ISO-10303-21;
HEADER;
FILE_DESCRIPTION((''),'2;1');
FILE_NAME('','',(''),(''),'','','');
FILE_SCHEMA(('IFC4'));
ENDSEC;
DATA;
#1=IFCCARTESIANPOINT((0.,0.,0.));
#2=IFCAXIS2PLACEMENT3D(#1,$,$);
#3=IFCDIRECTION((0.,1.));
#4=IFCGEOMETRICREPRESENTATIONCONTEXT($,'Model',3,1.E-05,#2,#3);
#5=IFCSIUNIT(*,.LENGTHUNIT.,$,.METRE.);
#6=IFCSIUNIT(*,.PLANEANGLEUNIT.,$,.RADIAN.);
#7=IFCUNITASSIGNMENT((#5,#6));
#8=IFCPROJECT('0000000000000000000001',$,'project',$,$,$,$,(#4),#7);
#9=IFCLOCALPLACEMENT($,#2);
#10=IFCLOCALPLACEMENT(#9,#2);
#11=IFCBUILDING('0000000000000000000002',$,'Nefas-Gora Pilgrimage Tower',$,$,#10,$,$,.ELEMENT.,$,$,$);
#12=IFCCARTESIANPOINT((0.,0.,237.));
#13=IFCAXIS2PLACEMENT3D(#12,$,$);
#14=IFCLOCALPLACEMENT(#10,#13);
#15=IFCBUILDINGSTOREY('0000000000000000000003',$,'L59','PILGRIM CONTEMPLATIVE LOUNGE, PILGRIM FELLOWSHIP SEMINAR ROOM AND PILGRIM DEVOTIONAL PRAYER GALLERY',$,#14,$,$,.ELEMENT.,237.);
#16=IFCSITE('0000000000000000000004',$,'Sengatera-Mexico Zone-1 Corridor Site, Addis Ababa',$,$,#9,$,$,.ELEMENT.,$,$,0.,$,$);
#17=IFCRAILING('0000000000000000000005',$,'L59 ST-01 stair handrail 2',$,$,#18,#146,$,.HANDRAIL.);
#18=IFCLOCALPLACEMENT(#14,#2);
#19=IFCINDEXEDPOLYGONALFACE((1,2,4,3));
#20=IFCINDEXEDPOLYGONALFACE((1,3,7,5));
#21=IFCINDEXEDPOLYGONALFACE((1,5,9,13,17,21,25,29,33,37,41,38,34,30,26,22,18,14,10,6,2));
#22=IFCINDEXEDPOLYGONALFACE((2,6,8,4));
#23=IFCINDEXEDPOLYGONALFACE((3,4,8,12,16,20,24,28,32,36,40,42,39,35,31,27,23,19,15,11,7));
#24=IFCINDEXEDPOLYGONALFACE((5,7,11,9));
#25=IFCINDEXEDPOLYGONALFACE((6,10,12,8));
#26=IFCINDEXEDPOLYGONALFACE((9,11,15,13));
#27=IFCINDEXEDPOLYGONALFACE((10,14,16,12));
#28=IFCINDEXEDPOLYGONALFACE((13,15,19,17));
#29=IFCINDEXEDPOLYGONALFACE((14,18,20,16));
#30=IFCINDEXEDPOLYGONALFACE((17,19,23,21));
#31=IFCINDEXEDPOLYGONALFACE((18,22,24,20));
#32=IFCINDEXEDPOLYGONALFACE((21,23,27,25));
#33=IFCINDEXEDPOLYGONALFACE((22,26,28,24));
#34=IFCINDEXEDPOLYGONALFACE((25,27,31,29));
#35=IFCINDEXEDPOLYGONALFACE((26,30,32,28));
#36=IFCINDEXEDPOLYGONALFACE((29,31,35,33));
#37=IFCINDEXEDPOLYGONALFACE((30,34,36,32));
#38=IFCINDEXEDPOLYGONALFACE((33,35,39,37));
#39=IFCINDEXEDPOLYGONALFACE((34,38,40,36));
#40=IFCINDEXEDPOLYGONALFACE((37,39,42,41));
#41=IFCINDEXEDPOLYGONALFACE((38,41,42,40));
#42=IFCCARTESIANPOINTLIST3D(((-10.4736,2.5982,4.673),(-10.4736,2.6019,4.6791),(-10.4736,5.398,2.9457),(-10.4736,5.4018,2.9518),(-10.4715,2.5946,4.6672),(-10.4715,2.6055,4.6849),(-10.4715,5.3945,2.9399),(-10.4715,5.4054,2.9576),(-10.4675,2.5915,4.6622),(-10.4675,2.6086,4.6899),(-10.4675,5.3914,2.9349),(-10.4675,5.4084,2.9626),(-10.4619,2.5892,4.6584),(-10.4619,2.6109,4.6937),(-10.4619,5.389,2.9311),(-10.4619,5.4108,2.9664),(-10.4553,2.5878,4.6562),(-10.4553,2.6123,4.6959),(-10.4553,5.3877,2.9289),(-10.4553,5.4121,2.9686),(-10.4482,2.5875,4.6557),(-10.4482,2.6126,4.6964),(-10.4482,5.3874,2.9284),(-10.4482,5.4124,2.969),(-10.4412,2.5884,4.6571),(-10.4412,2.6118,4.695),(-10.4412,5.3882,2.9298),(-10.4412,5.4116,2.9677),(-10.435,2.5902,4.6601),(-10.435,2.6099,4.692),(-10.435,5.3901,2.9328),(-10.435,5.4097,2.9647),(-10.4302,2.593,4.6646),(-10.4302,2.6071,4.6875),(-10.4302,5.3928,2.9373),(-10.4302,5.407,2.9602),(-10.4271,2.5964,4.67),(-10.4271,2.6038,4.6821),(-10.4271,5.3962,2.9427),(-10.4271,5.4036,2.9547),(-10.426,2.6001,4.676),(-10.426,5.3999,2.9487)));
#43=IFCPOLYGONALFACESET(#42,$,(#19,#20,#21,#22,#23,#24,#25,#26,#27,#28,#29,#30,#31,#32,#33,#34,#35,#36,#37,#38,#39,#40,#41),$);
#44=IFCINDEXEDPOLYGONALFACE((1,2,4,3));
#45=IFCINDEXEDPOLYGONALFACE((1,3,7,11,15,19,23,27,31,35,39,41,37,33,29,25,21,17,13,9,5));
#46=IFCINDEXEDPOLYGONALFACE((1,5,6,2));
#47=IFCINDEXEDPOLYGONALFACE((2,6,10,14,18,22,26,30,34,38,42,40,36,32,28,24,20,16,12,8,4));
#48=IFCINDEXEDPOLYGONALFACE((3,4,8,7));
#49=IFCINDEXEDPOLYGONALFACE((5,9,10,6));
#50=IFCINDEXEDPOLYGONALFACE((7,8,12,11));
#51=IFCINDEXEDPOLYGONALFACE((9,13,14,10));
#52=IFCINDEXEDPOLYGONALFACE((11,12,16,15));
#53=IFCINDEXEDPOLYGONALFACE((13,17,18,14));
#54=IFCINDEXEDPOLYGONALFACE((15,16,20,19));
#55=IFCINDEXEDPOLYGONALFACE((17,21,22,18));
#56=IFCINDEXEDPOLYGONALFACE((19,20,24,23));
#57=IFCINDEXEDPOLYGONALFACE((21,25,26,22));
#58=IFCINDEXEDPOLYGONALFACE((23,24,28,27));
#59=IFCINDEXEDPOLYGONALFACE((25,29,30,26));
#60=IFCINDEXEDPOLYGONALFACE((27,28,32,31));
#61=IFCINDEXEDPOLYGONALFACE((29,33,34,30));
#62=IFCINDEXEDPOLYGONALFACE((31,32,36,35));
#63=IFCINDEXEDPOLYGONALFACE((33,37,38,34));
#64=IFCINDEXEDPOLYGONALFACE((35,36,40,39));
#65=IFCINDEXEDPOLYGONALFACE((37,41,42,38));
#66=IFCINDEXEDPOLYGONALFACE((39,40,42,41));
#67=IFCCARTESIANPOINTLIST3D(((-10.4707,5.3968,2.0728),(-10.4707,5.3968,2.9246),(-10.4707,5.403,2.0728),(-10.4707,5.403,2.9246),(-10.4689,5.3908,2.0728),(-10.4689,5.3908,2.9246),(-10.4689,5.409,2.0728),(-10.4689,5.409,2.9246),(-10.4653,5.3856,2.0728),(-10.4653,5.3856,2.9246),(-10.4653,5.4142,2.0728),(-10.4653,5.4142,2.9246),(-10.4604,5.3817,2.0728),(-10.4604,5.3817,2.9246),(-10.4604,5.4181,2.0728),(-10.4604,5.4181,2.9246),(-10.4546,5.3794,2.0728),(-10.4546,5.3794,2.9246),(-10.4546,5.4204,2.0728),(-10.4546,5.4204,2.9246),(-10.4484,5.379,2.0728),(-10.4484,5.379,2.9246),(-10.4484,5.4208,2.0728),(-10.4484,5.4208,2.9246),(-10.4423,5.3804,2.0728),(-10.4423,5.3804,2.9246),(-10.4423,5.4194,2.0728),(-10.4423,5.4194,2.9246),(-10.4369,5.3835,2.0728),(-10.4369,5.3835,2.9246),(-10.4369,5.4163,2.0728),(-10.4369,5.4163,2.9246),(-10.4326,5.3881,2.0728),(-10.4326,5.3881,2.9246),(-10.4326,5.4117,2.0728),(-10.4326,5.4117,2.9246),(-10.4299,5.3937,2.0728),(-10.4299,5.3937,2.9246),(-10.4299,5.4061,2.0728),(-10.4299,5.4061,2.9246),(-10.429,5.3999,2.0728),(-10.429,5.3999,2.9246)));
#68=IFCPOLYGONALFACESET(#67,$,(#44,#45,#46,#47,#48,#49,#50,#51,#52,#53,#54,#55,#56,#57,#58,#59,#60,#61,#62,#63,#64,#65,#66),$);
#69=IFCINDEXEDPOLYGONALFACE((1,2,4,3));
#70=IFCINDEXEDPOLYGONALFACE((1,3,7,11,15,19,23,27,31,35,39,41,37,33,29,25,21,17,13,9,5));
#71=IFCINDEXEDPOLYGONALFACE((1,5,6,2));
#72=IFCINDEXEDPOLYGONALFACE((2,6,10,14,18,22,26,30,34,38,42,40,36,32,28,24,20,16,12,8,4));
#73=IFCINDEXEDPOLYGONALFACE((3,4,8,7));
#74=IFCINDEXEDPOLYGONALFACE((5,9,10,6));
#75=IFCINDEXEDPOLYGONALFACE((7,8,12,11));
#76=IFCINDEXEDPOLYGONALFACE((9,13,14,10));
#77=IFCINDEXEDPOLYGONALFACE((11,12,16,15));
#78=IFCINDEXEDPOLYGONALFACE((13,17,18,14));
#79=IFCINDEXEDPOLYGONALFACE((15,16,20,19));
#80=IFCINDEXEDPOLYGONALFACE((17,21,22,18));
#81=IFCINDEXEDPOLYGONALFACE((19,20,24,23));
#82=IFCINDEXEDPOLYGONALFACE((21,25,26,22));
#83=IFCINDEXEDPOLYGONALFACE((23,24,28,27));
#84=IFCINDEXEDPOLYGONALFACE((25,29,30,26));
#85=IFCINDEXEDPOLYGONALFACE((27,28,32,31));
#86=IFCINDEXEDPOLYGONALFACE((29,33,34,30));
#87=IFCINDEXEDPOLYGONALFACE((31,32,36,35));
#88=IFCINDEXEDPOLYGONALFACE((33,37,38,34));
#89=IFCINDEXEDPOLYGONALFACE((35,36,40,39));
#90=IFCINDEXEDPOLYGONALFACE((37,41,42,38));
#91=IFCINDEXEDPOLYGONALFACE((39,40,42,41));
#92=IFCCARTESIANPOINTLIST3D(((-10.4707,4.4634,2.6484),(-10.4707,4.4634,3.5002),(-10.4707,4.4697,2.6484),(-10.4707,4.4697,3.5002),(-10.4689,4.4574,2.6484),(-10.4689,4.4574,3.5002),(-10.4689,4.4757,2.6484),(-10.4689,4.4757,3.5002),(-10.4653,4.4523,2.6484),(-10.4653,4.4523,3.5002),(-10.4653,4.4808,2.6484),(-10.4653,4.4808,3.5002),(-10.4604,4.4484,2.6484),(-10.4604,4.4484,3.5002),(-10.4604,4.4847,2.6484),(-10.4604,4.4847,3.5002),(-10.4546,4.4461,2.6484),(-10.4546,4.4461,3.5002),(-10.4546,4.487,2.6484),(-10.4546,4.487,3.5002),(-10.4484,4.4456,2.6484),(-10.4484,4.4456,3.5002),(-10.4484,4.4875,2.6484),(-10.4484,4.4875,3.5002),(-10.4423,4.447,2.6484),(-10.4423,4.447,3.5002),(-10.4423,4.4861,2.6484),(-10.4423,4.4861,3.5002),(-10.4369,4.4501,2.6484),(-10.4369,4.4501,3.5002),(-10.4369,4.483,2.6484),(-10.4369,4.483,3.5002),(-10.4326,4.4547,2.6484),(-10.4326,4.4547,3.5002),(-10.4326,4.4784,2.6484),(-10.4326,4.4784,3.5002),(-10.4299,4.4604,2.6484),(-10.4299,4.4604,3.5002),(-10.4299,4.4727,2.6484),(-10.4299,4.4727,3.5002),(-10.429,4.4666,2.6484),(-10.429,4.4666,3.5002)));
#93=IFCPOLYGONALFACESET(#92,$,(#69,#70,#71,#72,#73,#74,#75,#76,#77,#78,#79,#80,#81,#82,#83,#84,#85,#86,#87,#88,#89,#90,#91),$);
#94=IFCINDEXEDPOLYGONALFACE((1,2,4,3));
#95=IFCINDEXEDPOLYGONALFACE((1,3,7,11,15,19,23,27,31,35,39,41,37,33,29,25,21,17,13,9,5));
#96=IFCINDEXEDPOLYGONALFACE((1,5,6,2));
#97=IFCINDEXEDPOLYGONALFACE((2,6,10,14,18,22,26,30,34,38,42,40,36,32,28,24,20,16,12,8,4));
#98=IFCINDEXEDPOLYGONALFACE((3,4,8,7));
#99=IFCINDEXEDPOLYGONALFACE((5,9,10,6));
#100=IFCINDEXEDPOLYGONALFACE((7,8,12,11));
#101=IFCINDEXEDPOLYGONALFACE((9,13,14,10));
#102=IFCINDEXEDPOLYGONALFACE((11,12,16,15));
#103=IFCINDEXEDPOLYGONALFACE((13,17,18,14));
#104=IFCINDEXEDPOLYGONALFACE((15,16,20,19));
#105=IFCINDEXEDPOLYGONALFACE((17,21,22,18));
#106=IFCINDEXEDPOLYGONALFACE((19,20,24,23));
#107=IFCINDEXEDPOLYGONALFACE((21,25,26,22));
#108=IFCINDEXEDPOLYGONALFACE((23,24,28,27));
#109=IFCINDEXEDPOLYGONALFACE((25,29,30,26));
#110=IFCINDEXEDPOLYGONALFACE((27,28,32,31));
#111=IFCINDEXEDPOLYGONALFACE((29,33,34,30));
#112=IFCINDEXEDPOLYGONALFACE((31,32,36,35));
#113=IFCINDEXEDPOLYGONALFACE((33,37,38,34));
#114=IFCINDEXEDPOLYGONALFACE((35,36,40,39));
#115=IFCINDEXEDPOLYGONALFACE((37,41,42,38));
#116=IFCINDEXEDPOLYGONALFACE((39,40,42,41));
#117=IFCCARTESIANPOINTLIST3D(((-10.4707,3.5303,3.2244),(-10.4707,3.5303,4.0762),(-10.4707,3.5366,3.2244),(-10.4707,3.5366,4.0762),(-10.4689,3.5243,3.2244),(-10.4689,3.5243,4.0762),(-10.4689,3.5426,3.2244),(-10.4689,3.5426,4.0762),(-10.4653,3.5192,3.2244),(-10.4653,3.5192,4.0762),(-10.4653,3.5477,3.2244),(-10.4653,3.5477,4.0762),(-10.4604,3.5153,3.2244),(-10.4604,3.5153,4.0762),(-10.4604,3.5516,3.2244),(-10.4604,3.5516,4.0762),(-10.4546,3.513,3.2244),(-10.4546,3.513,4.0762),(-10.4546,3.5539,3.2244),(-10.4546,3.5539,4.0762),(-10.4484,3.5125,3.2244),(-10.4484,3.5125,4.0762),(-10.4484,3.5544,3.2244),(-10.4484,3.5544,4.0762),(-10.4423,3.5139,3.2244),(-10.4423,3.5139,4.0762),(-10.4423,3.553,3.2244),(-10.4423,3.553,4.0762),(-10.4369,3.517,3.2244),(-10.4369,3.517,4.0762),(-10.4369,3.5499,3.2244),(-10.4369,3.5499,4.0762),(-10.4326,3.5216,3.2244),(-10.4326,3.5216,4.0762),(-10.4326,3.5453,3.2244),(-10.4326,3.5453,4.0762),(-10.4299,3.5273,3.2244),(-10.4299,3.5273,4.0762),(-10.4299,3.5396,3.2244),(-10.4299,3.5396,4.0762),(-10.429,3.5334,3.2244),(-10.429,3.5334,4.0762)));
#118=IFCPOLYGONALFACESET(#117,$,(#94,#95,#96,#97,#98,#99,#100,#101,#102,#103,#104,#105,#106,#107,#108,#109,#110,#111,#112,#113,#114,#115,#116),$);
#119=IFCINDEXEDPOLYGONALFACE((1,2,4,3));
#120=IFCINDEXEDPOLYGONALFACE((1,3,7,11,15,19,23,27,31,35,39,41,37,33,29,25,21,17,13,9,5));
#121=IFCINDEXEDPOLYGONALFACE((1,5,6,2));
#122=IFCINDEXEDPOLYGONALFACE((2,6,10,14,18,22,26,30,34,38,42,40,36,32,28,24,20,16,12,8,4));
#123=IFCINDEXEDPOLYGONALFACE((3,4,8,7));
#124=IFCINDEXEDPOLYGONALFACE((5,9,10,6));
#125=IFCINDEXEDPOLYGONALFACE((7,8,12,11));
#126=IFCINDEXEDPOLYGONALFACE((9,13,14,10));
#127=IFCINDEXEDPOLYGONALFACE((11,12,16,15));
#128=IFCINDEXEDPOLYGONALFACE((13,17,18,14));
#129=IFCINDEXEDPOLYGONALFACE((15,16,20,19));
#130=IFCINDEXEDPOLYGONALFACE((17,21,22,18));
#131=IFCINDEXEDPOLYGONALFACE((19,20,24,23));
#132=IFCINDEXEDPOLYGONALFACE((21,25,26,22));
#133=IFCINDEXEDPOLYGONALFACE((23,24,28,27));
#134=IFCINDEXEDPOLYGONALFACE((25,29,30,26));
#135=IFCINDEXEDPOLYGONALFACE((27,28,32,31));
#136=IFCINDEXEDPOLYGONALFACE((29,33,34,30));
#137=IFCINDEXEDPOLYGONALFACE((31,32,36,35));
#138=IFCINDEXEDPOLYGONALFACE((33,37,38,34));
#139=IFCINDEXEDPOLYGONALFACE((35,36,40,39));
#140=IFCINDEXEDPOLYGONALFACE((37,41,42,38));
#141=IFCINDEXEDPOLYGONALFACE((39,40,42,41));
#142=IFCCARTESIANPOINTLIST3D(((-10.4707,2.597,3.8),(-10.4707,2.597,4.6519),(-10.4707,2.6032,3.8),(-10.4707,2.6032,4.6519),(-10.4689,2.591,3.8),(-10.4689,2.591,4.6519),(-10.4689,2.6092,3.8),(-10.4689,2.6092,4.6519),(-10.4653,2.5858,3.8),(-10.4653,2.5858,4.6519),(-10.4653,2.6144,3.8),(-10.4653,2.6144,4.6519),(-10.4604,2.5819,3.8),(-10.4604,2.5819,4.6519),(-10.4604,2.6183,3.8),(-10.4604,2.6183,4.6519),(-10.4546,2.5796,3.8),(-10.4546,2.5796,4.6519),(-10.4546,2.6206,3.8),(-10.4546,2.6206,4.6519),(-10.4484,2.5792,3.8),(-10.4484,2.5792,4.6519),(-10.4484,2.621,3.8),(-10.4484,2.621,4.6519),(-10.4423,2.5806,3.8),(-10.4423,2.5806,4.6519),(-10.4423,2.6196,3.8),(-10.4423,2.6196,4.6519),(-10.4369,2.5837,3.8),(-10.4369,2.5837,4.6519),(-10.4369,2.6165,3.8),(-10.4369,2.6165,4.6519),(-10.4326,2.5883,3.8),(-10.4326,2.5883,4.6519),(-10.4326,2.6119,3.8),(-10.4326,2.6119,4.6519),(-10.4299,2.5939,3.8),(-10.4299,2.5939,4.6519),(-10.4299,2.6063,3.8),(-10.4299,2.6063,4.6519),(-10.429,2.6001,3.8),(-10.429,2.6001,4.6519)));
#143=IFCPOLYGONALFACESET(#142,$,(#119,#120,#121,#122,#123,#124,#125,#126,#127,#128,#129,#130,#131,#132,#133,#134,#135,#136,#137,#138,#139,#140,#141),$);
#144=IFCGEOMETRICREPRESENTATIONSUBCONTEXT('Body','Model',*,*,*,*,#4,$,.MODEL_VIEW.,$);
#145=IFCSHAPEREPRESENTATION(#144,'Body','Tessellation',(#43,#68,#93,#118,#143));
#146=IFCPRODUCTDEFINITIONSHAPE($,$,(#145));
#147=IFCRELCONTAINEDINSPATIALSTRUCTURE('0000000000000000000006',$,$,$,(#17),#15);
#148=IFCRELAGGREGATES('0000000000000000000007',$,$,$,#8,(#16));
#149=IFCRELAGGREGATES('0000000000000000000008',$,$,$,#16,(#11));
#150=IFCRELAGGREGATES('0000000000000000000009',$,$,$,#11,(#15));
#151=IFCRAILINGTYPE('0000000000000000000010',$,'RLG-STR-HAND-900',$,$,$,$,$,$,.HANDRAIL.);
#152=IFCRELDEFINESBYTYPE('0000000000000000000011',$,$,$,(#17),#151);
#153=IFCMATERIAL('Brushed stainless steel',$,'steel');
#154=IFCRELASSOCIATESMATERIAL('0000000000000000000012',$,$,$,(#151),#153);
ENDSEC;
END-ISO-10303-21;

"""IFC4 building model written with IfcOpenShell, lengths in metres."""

from ifc_helpers import new_model, si_unit, direction, frame, origin, origin_2d, place, context, subcontext, project, spatial, circle, extrude, material, type_object, element, save


model = new_model("IFC4")

# Units and contexts
model_context = context("Model", 3, precision=1e-05, world=origin(), true_north=direction((0.0, 1.0)))
body_context = subcontext(model_context, "Body", "Model", "MODEL_VIEW")
ifc_project = project(units=[si_unit("LENGTHUNIT", "METRE"), si_unit("PLANEANGLEUNIT", "RADIAN")], contexts=[model_context])

# Site, building, storey
site_placement = place(None, origin())
site = spatial("IfcSite", under=ifc_project, at=site_placement, Name="Sengatera-Mexico Zone-1 Corridor Site, Addis Ababa", CompositionType="ELEMENT", RefElevation=0.0)
building_placement = place(site_placement, origin())
building = spatial("IfcBuilding", under=site, at=building_placement, Name="Nefas-Gora Pilgrimage Tower", CompositionType="ELEMENT")
storey_placement = place(building_placement, frame((0.0, 0.0, 237.0)))
storey = spatial("IfcBuildingStorey", under=building, at=storey_placement, Name="L59", Description="PILGRIM CONTEMPLATIVE LOUNGE, PILGRIM FELLOWSHIP SEMINAR ROOM AND PILGRIM DEVOTIONAL PRAYER GALLERY", CompositionType="ELEMENT", Elevation=237.0)

# Railing
ifc_material_1 = material(Name="Brushed stainless steel", Category="steel")
railing_type_1 = type_object("IfcRailingType", Name="RLG-STR-HAND-900", PredefinedType="HANDRAIL", material=ifc_material_1)
railing_1_placement = place(storey_placement, frame((-10.45, 5.3999, 2.0728)))
element("IfcRailing", 1, at=railing_1_placement, inside=storey, type_object=railing_type_1, Name="L59 ST-01 stair handrail 2", PredefinedType="HANDRAIL", context=body_context, shape_type="SweptSolid", body=[
    extrude(circle(Radius=0.0239, at=origin_2d()), frame((0.0, 0.0, 0.876), z_axis=(0.0, -0.851069, 0.525054), x_axis=(1.0, 0.0, 0.0)), (0.0, 0.0, 1.0), 3.2898),
    extrude(circle(Radius=0.021, at=origin_2d()), origin(), (0.0, 0.0, 1.0), 0.8518),
    extrude(circle(Radius=0.021, at=origin_2d()), frame((0.0, -0.9333, 0.5757)), (0.0, 0.0, 1.0), 0.8518),
    extrude(circle(Radius=0.021, at=origin_2d()), frame((0.0, -1.8665, 1.1516)), (0.0, 0.0, 1.0), 0.8518),
    extrude(circle(Radius=0.021, at=origin_2d()), frame((0.0, -2.7998, 1.7273)), (0.0, 0.0, 1.0), 0.8518),
])

save(model, "model.ifc")
